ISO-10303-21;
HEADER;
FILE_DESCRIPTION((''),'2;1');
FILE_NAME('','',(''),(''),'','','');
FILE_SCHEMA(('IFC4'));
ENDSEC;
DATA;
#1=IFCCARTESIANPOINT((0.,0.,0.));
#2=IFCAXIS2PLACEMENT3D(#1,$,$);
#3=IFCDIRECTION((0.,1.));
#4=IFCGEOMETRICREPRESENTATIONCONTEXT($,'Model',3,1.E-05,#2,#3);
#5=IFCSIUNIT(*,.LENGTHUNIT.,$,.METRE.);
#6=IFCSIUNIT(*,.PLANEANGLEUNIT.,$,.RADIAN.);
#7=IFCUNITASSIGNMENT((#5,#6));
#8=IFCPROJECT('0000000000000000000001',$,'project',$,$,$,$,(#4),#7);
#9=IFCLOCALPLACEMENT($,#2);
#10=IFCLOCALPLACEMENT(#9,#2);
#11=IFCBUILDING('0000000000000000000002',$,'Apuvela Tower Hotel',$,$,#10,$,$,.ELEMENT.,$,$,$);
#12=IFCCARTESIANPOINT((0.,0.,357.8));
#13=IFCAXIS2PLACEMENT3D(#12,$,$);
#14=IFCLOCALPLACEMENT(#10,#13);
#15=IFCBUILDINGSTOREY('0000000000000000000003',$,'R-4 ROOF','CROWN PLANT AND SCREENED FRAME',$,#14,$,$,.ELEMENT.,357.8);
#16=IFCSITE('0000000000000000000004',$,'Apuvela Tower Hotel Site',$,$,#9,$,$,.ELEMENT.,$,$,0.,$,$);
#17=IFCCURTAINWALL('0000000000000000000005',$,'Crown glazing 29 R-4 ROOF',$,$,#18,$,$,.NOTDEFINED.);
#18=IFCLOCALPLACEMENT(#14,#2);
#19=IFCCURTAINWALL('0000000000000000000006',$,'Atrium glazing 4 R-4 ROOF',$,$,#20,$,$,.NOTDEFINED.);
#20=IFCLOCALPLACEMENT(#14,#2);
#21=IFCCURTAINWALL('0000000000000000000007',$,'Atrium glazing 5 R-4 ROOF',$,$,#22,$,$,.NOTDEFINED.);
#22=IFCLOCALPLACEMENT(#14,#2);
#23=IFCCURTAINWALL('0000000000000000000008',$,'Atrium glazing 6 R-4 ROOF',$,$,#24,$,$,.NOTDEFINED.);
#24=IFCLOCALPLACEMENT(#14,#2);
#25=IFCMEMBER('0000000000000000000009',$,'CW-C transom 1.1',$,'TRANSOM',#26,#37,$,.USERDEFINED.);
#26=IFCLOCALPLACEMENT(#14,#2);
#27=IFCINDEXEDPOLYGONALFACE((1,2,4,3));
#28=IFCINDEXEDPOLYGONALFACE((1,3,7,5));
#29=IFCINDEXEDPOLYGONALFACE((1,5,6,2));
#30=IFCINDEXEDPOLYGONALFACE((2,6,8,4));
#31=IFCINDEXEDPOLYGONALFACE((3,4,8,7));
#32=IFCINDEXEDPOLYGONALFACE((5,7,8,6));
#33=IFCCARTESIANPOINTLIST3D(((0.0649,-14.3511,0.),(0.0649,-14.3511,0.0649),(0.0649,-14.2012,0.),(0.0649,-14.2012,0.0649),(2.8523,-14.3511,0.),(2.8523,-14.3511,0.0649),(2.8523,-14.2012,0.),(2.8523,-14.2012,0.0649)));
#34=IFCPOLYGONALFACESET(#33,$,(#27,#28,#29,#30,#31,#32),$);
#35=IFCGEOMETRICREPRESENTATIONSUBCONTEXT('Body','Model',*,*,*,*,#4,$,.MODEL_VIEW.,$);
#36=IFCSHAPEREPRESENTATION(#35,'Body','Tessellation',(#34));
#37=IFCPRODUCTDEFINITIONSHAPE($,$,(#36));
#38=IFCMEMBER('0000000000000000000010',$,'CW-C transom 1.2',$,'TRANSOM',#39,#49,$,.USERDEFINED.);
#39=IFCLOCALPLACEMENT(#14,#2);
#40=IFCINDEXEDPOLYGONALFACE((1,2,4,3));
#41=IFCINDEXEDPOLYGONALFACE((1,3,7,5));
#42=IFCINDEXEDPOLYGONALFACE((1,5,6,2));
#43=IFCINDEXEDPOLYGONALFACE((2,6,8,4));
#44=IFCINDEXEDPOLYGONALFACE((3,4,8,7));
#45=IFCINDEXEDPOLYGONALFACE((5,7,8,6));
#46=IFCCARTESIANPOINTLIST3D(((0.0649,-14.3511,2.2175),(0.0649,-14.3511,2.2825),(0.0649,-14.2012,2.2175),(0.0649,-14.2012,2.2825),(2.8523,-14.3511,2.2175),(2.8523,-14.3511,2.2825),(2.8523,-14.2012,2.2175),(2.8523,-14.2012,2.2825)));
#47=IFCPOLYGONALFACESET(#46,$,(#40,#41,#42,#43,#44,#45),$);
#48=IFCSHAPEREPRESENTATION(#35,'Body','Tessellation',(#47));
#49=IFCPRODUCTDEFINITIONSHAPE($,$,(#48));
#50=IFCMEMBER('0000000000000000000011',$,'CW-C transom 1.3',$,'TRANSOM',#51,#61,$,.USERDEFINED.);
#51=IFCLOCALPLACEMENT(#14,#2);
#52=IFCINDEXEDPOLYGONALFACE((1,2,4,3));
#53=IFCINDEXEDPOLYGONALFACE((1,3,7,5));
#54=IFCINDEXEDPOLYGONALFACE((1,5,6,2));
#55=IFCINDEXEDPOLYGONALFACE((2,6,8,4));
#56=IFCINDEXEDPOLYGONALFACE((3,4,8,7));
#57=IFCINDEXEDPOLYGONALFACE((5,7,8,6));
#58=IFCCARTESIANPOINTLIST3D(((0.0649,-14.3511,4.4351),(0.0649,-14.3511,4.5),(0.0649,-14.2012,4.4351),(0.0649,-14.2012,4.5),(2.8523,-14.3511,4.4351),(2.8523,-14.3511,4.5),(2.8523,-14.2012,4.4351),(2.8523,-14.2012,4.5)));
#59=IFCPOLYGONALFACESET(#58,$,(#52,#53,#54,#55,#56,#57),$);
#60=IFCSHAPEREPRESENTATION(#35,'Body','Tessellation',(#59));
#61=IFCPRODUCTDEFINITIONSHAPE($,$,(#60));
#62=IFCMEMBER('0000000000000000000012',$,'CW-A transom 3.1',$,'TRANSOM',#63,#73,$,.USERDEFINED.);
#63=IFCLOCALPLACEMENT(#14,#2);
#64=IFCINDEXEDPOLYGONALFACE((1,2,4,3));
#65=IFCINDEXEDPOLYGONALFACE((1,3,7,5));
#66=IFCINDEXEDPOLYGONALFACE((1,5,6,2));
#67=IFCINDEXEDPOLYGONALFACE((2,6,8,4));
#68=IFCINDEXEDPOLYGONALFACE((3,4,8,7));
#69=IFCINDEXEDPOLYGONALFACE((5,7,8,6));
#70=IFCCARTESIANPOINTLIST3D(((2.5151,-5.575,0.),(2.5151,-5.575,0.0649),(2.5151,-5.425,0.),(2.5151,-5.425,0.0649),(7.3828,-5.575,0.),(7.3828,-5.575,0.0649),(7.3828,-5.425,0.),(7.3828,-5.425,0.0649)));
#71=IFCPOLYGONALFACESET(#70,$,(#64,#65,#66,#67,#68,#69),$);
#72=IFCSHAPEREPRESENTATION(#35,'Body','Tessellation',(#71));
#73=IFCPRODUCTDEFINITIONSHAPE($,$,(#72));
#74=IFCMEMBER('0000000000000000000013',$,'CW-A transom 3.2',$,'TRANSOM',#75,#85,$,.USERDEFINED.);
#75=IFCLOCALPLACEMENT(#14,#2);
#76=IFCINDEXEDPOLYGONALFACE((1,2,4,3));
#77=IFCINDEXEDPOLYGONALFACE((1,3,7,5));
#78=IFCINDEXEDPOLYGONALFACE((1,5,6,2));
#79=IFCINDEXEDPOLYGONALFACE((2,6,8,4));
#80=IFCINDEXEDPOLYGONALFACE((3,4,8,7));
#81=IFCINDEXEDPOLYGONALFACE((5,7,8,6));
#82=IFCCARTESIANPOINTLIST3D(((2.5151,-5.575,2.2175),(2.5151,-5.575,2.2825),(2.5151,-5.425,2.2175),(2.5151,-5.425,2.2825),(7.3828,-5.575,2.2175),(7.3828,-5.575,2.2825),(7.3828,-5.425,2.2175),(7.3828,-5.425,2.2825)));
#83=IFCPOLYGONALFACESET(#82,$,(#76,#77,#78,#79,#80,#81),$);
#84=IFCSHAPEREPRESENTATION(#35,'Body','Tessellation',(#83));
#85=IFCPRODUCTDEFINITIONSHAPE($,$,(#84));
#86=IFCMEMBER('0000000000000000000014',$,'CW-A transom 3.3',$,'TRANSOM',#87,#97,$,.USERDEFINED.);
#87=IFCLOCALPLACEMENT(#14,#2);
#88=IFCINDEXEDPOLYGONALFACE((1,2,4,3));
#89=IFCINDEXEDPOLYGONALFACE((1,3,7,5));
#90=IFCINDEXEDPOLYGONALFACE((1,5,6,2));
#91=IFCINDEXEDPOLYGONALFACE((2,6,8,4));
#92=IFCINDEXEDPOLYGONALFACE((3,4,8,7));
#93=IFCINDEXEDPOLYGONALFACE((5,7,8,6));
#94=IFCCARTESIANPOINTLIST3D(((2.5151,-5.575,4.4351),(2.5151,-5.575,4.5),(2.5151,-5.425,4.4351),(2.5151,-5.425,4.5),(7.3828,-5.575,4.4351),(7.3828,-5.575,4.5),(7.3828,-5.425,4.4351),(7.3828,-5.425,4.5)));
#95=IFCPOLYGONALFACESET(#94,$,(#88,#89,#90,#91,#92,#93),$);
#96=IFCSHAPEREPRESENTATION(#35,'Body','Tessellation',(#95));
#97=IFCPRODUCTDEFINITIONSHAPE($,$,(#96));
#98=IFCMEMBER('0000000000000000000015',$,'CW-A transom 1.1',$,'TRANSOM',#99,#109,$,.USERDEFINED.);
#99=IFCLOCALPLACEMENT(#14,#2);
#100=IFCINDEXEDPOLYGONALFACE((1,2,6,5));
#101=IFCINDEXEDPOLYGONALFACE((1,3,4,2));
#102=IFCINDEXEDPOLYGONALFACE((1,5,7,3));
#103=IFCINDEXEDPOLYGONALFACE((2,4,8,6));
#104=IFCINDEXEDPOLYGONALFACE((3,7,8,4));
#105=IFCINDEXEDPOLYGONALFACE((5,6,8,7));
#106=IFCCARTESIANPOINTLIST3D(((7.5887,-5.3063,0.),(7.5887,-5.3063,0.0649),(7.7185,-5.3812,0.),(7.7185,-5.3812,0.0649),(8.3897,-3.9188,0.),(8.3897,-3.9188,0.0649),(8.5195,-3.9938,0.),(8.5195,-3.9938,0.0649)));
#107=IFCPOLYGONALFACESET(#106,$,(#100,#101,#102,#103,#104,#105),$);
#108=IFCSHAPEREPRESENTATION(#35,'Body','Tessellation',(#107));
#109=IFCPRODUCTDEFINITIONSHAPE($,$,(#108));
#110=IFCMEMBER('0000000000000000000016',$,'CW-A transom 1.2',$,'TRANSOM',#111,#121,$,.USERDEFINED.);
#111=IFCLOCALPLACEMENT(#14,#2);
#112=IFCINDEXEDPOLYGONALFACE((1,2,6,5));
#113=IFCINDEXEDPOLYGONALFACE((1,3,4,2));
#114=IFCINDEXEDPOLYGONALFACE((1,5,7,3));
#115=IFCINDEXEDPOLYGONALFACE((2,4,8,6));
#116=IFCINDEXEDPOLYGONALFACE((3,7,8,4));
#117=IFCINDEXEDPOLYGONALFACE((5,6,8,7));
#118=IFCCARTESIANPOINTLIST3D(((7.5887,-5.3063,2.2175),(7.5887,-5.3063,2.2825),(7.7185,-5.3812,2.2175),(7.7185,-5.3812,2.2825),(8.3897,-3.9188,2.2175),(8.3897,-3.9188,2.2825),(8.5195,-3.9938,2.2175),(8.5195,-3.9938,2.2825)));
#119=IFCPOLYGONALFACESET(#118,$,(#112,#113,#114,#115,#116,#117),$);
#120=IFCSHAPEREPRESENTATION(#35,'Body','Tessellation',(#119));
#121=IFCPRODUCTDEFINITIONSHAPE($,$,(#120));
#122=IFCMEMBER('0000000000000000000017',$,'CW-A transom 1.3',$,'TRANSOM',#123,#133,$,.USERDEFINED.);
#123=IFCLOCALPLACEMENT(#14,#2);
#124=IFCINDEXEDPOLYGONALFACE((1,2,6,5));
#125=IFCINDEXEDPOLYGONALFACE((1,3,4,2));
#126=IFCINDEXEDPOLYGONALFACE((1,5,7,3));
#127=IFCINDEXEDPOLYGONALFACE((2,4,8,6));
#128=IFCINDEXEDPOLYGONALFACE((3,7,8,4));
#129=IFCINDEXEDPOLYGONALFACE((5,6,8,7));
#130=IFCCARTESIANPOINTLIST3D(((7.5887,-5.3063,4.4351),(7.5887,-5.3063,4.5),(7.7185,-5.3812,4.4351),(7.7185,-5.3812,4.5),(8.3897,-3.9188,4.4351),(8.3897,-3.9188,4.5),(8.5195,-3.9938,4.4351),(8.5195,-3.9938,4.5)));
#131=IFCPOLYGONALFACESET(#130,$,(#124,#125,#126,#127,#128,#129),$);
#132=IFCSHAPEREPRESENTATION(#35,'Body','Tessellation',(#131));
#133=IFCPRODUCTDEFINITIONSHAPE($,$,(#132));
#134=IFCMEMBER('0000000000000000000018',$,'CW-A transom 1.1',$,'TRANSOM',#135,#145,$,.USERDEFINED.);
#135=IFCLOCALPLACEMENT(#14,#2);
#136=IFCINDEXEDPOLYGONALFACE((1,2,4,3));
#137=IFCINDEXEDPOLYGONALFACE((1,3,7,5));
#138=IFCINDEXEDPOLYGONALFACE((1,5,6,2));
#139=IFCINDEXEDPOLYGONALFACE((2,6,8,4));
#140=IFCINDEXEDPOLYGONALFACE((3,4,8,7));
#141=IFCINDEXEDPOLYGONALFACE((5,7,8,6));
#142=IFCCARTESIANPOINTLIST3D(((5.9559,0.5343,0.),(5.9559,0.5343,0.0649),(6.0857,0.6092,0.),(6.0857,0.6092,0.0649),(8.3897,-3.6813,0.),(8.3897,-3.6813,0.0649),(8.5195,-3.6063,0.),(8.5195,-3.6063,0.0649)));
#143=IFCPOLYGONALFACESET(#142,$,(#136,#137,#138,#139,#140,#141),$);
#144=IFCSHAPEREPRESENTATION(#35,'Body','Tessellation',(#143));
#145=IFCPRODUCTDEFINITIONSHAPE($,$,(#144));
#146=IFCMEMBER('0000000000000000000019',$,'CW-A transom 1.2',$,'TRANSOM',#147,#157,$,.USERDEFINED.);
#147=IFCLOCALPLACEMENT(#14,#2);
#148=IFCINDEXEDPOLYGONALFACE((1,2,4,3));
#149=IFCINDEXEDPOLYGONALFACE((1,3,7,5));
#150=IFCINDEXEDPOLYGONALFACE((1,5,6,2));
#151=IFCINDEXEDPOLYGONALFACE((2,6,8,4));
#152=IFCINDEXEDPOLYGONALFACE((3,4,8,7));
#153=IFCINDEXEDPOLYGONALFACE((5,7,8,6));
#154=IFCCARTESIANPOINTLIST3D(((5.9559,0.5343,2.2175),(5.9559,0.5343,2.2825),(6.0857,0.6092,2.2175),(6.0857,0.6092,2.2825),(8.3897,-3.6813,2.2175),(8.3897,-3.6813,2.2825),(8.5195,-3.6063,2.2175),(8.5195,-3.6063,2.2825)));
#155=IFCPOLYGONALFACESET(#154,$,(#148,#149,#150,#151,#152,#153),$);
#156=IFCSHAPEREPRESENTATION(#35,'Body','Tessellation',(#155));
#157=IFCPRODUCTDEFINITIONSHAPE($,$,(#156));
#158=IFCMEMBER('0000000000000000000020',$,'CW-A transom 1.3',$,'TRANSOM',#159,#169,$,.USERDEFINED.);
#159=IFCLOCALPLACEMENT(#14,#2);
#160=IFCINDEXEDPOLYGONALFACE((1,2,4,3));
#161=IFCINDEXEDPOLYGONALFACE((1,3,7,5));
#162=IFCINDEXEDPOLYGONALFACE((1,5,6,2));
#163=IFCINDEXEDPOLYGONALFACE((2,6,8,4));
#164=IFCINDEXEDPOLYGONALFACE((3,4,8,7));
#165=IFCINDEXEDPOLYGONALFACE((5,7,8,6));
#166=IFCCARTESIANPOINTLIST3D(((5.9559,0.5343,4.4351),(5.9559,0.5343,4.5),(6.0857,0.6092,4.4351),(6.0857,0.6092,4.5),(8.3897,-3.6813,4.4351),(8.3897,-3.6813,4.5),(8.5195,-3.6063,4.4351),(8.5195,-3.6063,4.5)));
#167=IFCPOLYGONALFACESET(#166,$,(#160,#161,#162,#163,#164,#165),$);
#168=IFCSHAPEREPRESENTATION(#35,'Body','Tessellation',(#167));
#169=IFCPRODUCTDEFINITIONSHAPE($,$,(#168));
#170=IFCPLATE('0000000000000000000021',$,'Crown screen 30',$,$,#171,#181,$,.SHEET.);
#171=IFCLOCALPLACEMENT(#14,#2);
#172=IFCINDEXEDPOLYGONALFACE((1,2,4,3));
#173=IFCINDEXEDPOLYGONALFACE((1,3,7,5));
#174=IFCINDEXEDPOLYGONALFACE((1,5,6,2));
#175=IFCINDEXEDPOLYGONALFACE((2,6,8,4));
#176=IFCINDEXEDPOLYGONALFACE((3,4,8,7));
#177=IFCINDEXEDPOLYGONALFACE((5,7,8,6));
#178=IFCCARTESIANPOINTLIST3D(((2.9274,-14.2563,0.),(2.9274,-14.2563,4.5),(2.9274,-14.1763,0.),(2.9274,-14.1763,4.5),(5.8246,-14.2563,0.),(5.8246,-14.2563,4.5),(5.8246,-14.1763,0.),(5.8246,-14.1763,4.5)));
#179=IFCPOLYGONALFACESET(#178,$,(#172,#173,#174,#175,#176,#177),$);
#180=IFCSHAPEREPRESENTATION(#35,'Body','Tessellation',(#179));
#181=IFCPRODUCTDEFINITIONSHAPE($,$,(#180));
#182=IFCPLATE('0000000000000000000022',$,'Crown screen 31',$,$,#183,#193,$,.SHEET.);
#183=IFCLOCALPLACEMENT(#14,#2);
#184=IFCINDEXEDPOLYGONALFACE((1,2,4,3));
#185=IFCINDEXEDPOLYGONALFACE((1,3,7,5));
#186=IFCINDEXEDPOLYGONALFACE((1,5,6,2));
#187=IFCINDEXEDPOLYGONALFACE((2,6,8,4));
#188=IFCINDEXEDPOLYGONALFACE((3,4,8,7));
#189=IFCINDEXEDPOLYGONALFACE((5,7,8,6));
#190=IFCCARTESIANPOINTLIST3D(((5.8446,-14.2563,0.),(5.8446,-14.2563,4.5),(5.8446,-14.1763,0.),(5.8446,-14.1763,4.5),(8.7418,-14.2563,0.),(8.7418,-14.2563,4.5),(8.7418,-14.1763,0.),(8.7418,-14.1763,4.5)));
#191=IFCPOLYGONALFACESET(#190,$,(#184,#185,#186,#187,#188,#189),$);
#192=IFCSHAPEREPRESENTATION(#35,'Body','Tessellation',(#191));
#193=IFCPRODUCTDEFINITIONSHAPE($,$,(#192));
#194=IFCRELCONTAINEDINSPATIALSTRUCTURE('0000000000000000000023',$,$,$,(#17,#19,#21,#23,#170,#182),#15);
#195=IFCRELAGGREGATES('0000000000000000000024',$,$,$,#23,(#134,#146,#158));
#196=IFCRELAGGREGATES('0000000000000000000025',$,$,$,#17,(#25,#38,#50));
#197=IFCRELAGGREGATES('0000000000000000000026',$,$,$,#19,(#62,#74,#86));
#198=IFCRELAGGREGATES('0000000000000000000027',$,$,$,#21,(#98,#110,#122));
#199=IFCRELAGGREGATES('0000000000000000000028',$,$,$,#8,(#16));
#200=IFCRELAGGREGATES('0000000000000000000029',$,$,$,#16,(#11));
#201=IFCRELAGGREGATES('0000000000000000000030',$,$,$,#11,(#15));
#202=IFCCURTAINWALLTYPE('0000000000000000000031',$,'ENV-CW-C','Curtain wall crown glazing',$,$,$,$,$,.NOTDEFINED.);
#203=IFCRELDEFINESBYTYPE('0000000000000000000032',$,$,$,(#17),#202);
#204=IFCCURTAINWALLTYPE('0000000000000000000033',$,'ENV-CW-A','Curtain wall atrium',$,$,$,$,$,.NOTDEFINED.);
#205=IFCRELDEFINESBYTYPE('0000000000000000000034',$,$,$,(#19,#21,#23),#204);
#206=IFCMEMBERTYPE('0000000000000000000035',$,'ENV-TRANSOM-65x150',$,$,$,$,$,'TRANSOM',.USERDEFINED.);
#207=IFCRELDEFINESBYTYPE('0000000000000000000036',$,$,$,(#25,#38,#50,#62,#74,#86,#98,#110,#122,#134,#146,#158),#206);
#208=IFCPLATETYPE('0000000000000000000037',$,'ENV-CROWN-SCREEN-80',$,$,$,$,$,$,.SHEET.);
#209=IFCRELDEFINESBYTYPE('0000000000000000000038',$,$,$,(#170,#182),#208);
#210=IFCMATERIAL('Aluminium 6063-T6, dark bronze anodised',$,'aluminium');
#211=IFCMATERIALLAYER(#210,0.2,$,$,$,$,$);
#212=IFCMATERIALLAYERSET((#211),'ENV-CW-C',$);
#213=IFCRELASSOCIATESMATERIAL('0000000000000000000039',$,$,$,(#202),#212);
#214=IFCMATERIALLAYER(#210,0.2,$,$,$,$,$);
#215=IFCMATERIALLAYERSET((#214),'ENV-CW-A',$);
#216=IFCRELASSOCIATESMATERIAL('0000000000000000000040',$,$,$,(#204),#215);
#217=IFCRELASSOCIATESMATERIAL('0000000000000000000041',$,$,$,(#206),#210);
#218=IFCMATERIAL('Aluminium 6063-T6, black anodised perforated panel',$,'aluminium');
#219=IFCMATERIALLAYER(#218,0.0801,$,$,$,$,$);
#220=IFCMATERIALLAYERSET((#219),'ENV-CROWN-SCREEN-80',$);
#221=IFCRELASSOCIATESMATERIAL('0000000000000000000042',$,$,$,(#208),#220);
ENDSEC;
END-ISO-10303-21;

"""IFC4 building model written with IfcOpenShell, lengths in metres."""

from ifc_helpers import new_model, si_unit, direction, frame, origin, origin_2d, place, context, subcontext, project, spatial, rectangle, extrude, material, layer, layer_set, material_profile, profile_set, type_object, element, aggregate, save


model = new_model("IFC4")

# Units and contexts
model_context = context("Model", 3, precision=1e-05, world=origin(), true_north=direction((0.0, 1.0)))
body_context = subcontext(model_context, "Body", "Model", "MODEL_VIEW")
ifc_project = project(units=[si_unit("LENGTHUNIT", "METRE"), si_unit("PLANEANGLEUNIT", "RADIAN")], contexts=[model_context])

# Site, building, storey
site_placement = place(None, origin())
site = spatial("IfcSite", under=ifc_project, at=site_placement, Name="Apuvela Tower Hotel Site", CompositionType="ELEMENT", RefElevation=0.0)
building_placement = place(site_placement, origin())
building = spatial("IfcBuilding", under=site, at=building_placement, Name="Apuvela Tower Hotel", CompositionType="ELEMENT")
storey_placement = place(building_placement, frame((0.0, 0.0, 357.8)))
storey = spatial("IfcBuildingStorey", under=building, at=storey_placement, Name="R-4 ROOF", Description="CROWN PLANT AND SCREENED FRAME", CompositionType="ELEMENT", Elevation=357.8)

# Curtain walls
ifc_material_1 = material(Name="Aluminium 6063-T6, dark bronze anodised", Category="aluminium")
ifc_layer_1 = layer(ifc_material_1, 0.2)
ifc_layer_set_1 = layer_set([ifc_layer_1], Name="ENV-CW-C")
curtain_wall_type_1 = type_object("IfcCurtainWallType", Name="ENV-CW-C", Description="Curtain wall crown glazing", PredefinedType="NOTDEFINED", material=ifc_layer_set_1)
curtain_wall_1_placement = place(storey_placement, origin())
curtain_wall_1 = element("IfcCurtainWall", 1, at=curtain_wall_1_placement, inside=storey, type_object=curtain_wall_type_1, Name="Crown glazing 29 R-4 ROOF", PredefinedType="NOTDEFINED")
ifc_layer_2 = layer(ifc_material_1, 0.2)
ifc_layer_set_2 = layer_set([ifc_layer_2], Name="ENV-CW-A")
curtain_wall_type_2 = type_object("IfcCurtainWallType", Name="ENV-CW-A", Description="Curtain wall atrium", PredefinedType="NOTDEFINED", material=ifc_layer_set_2)
curtain_wall_2_placement = place(storey_placement, origin())
curtain_wall_2 = element("IfcCurtainWall", 2, at=curtain_wall_2_placement, inside=storey, type_object=curtain_wall_type_2, Name="Atrium glazing 4 R-4 ROOF", PredefinedType="NOTDEFINED")
curtain_wall_3_placement = place(storey_placement, origin())
curtain_wall_3 = element("IfcCurtainWall", 3, at=curtain_wall_3_placement, inside=storey, type_object=curtain_wall_type_2, Name="Atrium glazing 5 R-4 ROOF", PredefinedType="NOTDEFINED")

# Curtain wall
curtain_wall_4_placement = place(storey_placement, origin())
curtain_wall_4 = element("IfcCurtainWall", 4, at=curtain_wall_4_placement, inside=storey, type_object=curtain_wall_type_2, Name="Atrium glazing 6 R-4 ROOF", PredefinedType="NOTDEFINED")

# Members
ifc_material_profile_1 = material_profile(ifc_material_1, rectangle(XDim=0.1499, YDim=0.0649, at=origin_2d()), Name="AL 65x150 transom")
ifc_profile_set_1 = profile_set([ifc_material_profile_1], Name="Aluminium 6063-T6, dark bronze anodised")
member_type_1 = type_object("IfcMemberType", Name="ENV-TRANSOM-65x150", ElementType="TRANSOM", PredefinedType="USERDEFINED", material=ifc_profile_set_1)
member_1_placement = place(storey_placement, frame((0.0649, -14.2761, 0.0325), z_axis=(1.0, 0.0, 0.0), x_axis=(0.0, 1.0, 0.0)))
member_1 = element("IfcMember", 5, at=member_1_placement, type_object=member_type_1, Name="CW-C transom 1.1", ObjectType="TRANSOM", PredefinedType="USERDEFINED", context=body_context, shape_type="SweptSolid", body=[
    extrude(rectangle(XDim=0.1499, YDim=0.0649, at=origin_2d()), origin(), (0.0, 0.0, 1.0), 2.7874),
])
member_2_placement = place(storey_placement, frame((0.0649, -14.2761, 2.25), z_axis=(1.0, 0.0, 0.0), x_axis=(0.0, 1.0, 0.0)))
member_2 = element("IfcMember", 6, at=member_2_placement, type_object=member_type_1, Name="CW-C transom 1.2", ObjectType="TRANSOM", PredefinedType="USERDEFINED", context=body_context, shape_type="SweptSolid", body=[
    extrude(rectangle(XDim=0.1499, YDim=0.0649, at=origin_2d()), origin(), (0.0, 0.0, 1.0), 2.7874),
])
member_3_placement = place(storey_placement, frame((0.0649, -14.2761, 4.4675), z_axis=(1.0, 0.0, 0.0), x_axis=(0.0, 1.0, 0.0)))
member_3 = element("IfcMember", 7, at=member_3_placement, type_object=member_type_1, Name="CW-C transom 1.3", ObjectType="TRANSOM", PredefinedType="USERDEFINED", context=body_context, shape_type="SweptSolid", body=[
    extrude(rectangle(XDim=0.1499, YDim=0.0649, at=origin_2d()), origin(), (0.0, 0.0, 1.0), 2.7874),
])
member_4_placement = place(storey_placement, frame((2.5151, -5.5, 0.0325), z_axis=(1.0, 0.0, 0.0), x_axis=(0.0, 1.0, 0.0)))
member_4 = element("IfcMember", 8, at=member_4_placement, type_object=member_type_1, Name="CW-A transom 3.1", ObjectType="TRANSOM", PredefinedType="USERDEFINED", context=body_context, shape_type="SweptSolid", body=[
    extrude(rectangle(XDim=0.1499, YDim=0.0649, at=origin_2d()), origin(), (0.0, 0.0, 1.0), 4.8677),
])
member_5_placement = place(storey_placement, frame((2.5151, -5.5, 2.25), z_axis=(1.0, 0.0, 0.0), x_axis=(0.0, 1.0, 0.0)))
member_5 = element("IfcMember", 9, at=member_5_placement, type_object=member_type_1, Name="CW-A transom 3.2", ObjectType="TRANSOM", PredefinedType="USERDEFINED", context=body_context, shape_type="SweptSolid", body=[
    extrude(rectangle(XDim=0.1499, YDim=0.0649, at=origin_2d()), origin(), (0.0, 0.0, 1.0), 4.8677),
])
member_6_placement = place(storey_placement, frame((2.5151, -5.5, 4.4675), z_axis=(1.0, 0.0, 0.0), x_axis=(0.0, 1.0, 0.0)))
member_6 = element("IfcMember", 10, at=member_6_placement, type_object=member_type_1, Name="CW-A transom 3.3", ObjectType="TRANSOM", PredefinedType="USERDEFINED", context=body_context, shape_type="SweptSolid", body=[
    extrude(rectangle(XDim=0.1499, YDim=0.0649, at=origin_2d()), origin(), (0.0, 0.0, 1.0), 4.8677),
])
member_7_placement = place(storey_placement, frame((7.6536, -5.3438, 0.0325), z_axis=(0.499991, 0.866031, 0.0), x_axis=(-0.866031, 0.499991, 0.0)))
member_7 = element("IfcMember", 11, at=member_7_placement, type_object=member_type_1, Name="CW-A transom 1.1", ObjectType="TRANSOM", PredefinedType="USERDEFINED", context=body_context, shape_type="SweptSolid", body=[
    extrude(rectangle(XDim=0.1499, YDim=0.0649, at=origin_2d()), origin(), (0.0, 0.0, 1.0), 1.6021),
])
member_8_placement = place(storey_placement, frame((7.6536, -5.3438, 2.25), z_axis=(0.499991, 0.866031, 0.0), x_axis=(-0.866031, 0.499991, 0.0)))
member_8 = element("IfcMember", 12, at=member_8_placement, type_object=member_type_1, Name="CW-A transom 1.2", ObjectType="TRANSOM", PredefinedType="USERDEFINED", context=body_context, shape_type="SweptSolid", body=[
    extrude(rectangle(XDim=0.1499, YDim=0.0649, at=origin_2d()), origin(), (0.0, 0.0, 1.0), 1.6021),
])
member_9_placement = place(storey_placement, frame((7.6536, -5.3438, 4.4675), z_axis=(0.499991, 0.866031, 0.0), x_axis=(-0.866031, 0.499991, 0.0)))
member_9 = element("IfcMember", 13, at=member_9_placement, type_object=member_type_1, Name="CW-A transom 1.3", ObjectType="TRANSOM", PredefinedType="USERDEFINED", context=body_context, shape_type="SweptSolid", body=[
    extrude(rectangle(XDim=0.1499, YDim=0.0649, at=origin_2d()), origin(), (0.0, 0.0, 1.0), 1.6021),
])
member_10_placement = place(storey_placement, frame((8.4546, -3.6438, 0.0325), z_axis=(-0.499996, 0.866028, 0.0), x_axis=(-0.866028, -0.499996, 0.0)))
member_10 = element("IfcMember", 14, at=member_10_placement, type_object=member_type_1, Name="CW-A transom 1.1", ObjectType="TRANSOM", PredefinedType="USERDEFINED", context=body_context, shape_type="SweptSolid", body=[
    extrude(rectangle(XDim=0.1499, YDim=0.0649, at=origin_2d()), origin(), (0.0, 0.0, 1.0), 4.8677),
])
member_11_placement = place(storey_placement, frame((8.4546, -3.6438, 2.25), z_axis=(-0.499996, 0.866028, 0.0), x_axis=(-0.866028, -0.499996, 0.0)))
member_11 = element("IfcMember", 15, at=member_11_placement, type_object=member_type_1, Name="CW-A transom 1.2", ObjectType="TRANSOM", PredefinedType="USERDEFINED", context=body_context, shape_type="SweptSolid", body=[
    extrude(rectangle(XDim=0.1499, YDim=0.0649, at=origin_2d()), origin(), (0.0, 0.0, 1.0), 4.8677),
])
member_12_placement = place(storey_placement, frame((8.4546, -3.6438, 4.4675), z_axis=(-0.499996, 0.866028, 0.0), x_axis=(-0.866028, -0.499996, 0.0)))
member_12 = element("IfcMember", 16, at=member_12_placement, type_object=member_type_1, Name="CW-A transom 1.3", ObjectType="TRANSOM", PredefinedType="USERDEFINED", context=body_context, shape_type="SweptSolid", body=[
    extrude(rectangle(XDim=0.1499, YDim=0.0649, at=origin_2d()), origin(), (0.0, 0.0, 1.0), 4.8677),
])
aggregate(curtain_wall_4, [member_10, member_11, member_12])

# Plates
ifc_material_2 = material(Name="Aluminium 6063-T6, black anodised perforated panel", Category="aluminium")
ifc_layer_3 = layer(ifc_material_2, 0.0801)
ifc_layer_set_3 = layer_set([ifc_layer_3], Name="ENV-CROWN-SCREEN-80")
plate_type_1 = type_object("IfcPlateType", Name="ENV-CROWN-SCREEN-80", PredefinedType="SHEET", material=ifc_layer_set_3)
for number, where, z_axis, x_axis, name in (
    (17, (4.376, -14.2163, 0.0), (0.0, 0.0, 1.0), (1.0, 0.0, 0.0), "Crown screen 30"),
    (18, (7.2932, -14.2163, 0.0), (0.0, 0.0, 1.0), (1.0, 0.0, 0.0), "Crown screen 31"),
):
    element("IfcPlate", number, at=place(storey_placement, frame(where, z_axis=z_axis, x_axis=x_axis)), inside=storey, type_object=plate_type_1, Name=name, PredefinedType="SHEET", context=body_context, shape_type="SweptSolid", body=[
        extrude(rectangle(XDim=2.8972, YDim=0.0801, at=origin_2d()), origin(), (0.0, 0.0, 1.0), 4.5),
    ])

aggregate(curtain_wall_1, [member_1, member_2, member_3])
aggregate(curtain_wall_2, [member_4, member_5, member_6])
aggregate(curtain_wall_3, [member_7, member_8, member_9])

save(model, "model.ifc")
